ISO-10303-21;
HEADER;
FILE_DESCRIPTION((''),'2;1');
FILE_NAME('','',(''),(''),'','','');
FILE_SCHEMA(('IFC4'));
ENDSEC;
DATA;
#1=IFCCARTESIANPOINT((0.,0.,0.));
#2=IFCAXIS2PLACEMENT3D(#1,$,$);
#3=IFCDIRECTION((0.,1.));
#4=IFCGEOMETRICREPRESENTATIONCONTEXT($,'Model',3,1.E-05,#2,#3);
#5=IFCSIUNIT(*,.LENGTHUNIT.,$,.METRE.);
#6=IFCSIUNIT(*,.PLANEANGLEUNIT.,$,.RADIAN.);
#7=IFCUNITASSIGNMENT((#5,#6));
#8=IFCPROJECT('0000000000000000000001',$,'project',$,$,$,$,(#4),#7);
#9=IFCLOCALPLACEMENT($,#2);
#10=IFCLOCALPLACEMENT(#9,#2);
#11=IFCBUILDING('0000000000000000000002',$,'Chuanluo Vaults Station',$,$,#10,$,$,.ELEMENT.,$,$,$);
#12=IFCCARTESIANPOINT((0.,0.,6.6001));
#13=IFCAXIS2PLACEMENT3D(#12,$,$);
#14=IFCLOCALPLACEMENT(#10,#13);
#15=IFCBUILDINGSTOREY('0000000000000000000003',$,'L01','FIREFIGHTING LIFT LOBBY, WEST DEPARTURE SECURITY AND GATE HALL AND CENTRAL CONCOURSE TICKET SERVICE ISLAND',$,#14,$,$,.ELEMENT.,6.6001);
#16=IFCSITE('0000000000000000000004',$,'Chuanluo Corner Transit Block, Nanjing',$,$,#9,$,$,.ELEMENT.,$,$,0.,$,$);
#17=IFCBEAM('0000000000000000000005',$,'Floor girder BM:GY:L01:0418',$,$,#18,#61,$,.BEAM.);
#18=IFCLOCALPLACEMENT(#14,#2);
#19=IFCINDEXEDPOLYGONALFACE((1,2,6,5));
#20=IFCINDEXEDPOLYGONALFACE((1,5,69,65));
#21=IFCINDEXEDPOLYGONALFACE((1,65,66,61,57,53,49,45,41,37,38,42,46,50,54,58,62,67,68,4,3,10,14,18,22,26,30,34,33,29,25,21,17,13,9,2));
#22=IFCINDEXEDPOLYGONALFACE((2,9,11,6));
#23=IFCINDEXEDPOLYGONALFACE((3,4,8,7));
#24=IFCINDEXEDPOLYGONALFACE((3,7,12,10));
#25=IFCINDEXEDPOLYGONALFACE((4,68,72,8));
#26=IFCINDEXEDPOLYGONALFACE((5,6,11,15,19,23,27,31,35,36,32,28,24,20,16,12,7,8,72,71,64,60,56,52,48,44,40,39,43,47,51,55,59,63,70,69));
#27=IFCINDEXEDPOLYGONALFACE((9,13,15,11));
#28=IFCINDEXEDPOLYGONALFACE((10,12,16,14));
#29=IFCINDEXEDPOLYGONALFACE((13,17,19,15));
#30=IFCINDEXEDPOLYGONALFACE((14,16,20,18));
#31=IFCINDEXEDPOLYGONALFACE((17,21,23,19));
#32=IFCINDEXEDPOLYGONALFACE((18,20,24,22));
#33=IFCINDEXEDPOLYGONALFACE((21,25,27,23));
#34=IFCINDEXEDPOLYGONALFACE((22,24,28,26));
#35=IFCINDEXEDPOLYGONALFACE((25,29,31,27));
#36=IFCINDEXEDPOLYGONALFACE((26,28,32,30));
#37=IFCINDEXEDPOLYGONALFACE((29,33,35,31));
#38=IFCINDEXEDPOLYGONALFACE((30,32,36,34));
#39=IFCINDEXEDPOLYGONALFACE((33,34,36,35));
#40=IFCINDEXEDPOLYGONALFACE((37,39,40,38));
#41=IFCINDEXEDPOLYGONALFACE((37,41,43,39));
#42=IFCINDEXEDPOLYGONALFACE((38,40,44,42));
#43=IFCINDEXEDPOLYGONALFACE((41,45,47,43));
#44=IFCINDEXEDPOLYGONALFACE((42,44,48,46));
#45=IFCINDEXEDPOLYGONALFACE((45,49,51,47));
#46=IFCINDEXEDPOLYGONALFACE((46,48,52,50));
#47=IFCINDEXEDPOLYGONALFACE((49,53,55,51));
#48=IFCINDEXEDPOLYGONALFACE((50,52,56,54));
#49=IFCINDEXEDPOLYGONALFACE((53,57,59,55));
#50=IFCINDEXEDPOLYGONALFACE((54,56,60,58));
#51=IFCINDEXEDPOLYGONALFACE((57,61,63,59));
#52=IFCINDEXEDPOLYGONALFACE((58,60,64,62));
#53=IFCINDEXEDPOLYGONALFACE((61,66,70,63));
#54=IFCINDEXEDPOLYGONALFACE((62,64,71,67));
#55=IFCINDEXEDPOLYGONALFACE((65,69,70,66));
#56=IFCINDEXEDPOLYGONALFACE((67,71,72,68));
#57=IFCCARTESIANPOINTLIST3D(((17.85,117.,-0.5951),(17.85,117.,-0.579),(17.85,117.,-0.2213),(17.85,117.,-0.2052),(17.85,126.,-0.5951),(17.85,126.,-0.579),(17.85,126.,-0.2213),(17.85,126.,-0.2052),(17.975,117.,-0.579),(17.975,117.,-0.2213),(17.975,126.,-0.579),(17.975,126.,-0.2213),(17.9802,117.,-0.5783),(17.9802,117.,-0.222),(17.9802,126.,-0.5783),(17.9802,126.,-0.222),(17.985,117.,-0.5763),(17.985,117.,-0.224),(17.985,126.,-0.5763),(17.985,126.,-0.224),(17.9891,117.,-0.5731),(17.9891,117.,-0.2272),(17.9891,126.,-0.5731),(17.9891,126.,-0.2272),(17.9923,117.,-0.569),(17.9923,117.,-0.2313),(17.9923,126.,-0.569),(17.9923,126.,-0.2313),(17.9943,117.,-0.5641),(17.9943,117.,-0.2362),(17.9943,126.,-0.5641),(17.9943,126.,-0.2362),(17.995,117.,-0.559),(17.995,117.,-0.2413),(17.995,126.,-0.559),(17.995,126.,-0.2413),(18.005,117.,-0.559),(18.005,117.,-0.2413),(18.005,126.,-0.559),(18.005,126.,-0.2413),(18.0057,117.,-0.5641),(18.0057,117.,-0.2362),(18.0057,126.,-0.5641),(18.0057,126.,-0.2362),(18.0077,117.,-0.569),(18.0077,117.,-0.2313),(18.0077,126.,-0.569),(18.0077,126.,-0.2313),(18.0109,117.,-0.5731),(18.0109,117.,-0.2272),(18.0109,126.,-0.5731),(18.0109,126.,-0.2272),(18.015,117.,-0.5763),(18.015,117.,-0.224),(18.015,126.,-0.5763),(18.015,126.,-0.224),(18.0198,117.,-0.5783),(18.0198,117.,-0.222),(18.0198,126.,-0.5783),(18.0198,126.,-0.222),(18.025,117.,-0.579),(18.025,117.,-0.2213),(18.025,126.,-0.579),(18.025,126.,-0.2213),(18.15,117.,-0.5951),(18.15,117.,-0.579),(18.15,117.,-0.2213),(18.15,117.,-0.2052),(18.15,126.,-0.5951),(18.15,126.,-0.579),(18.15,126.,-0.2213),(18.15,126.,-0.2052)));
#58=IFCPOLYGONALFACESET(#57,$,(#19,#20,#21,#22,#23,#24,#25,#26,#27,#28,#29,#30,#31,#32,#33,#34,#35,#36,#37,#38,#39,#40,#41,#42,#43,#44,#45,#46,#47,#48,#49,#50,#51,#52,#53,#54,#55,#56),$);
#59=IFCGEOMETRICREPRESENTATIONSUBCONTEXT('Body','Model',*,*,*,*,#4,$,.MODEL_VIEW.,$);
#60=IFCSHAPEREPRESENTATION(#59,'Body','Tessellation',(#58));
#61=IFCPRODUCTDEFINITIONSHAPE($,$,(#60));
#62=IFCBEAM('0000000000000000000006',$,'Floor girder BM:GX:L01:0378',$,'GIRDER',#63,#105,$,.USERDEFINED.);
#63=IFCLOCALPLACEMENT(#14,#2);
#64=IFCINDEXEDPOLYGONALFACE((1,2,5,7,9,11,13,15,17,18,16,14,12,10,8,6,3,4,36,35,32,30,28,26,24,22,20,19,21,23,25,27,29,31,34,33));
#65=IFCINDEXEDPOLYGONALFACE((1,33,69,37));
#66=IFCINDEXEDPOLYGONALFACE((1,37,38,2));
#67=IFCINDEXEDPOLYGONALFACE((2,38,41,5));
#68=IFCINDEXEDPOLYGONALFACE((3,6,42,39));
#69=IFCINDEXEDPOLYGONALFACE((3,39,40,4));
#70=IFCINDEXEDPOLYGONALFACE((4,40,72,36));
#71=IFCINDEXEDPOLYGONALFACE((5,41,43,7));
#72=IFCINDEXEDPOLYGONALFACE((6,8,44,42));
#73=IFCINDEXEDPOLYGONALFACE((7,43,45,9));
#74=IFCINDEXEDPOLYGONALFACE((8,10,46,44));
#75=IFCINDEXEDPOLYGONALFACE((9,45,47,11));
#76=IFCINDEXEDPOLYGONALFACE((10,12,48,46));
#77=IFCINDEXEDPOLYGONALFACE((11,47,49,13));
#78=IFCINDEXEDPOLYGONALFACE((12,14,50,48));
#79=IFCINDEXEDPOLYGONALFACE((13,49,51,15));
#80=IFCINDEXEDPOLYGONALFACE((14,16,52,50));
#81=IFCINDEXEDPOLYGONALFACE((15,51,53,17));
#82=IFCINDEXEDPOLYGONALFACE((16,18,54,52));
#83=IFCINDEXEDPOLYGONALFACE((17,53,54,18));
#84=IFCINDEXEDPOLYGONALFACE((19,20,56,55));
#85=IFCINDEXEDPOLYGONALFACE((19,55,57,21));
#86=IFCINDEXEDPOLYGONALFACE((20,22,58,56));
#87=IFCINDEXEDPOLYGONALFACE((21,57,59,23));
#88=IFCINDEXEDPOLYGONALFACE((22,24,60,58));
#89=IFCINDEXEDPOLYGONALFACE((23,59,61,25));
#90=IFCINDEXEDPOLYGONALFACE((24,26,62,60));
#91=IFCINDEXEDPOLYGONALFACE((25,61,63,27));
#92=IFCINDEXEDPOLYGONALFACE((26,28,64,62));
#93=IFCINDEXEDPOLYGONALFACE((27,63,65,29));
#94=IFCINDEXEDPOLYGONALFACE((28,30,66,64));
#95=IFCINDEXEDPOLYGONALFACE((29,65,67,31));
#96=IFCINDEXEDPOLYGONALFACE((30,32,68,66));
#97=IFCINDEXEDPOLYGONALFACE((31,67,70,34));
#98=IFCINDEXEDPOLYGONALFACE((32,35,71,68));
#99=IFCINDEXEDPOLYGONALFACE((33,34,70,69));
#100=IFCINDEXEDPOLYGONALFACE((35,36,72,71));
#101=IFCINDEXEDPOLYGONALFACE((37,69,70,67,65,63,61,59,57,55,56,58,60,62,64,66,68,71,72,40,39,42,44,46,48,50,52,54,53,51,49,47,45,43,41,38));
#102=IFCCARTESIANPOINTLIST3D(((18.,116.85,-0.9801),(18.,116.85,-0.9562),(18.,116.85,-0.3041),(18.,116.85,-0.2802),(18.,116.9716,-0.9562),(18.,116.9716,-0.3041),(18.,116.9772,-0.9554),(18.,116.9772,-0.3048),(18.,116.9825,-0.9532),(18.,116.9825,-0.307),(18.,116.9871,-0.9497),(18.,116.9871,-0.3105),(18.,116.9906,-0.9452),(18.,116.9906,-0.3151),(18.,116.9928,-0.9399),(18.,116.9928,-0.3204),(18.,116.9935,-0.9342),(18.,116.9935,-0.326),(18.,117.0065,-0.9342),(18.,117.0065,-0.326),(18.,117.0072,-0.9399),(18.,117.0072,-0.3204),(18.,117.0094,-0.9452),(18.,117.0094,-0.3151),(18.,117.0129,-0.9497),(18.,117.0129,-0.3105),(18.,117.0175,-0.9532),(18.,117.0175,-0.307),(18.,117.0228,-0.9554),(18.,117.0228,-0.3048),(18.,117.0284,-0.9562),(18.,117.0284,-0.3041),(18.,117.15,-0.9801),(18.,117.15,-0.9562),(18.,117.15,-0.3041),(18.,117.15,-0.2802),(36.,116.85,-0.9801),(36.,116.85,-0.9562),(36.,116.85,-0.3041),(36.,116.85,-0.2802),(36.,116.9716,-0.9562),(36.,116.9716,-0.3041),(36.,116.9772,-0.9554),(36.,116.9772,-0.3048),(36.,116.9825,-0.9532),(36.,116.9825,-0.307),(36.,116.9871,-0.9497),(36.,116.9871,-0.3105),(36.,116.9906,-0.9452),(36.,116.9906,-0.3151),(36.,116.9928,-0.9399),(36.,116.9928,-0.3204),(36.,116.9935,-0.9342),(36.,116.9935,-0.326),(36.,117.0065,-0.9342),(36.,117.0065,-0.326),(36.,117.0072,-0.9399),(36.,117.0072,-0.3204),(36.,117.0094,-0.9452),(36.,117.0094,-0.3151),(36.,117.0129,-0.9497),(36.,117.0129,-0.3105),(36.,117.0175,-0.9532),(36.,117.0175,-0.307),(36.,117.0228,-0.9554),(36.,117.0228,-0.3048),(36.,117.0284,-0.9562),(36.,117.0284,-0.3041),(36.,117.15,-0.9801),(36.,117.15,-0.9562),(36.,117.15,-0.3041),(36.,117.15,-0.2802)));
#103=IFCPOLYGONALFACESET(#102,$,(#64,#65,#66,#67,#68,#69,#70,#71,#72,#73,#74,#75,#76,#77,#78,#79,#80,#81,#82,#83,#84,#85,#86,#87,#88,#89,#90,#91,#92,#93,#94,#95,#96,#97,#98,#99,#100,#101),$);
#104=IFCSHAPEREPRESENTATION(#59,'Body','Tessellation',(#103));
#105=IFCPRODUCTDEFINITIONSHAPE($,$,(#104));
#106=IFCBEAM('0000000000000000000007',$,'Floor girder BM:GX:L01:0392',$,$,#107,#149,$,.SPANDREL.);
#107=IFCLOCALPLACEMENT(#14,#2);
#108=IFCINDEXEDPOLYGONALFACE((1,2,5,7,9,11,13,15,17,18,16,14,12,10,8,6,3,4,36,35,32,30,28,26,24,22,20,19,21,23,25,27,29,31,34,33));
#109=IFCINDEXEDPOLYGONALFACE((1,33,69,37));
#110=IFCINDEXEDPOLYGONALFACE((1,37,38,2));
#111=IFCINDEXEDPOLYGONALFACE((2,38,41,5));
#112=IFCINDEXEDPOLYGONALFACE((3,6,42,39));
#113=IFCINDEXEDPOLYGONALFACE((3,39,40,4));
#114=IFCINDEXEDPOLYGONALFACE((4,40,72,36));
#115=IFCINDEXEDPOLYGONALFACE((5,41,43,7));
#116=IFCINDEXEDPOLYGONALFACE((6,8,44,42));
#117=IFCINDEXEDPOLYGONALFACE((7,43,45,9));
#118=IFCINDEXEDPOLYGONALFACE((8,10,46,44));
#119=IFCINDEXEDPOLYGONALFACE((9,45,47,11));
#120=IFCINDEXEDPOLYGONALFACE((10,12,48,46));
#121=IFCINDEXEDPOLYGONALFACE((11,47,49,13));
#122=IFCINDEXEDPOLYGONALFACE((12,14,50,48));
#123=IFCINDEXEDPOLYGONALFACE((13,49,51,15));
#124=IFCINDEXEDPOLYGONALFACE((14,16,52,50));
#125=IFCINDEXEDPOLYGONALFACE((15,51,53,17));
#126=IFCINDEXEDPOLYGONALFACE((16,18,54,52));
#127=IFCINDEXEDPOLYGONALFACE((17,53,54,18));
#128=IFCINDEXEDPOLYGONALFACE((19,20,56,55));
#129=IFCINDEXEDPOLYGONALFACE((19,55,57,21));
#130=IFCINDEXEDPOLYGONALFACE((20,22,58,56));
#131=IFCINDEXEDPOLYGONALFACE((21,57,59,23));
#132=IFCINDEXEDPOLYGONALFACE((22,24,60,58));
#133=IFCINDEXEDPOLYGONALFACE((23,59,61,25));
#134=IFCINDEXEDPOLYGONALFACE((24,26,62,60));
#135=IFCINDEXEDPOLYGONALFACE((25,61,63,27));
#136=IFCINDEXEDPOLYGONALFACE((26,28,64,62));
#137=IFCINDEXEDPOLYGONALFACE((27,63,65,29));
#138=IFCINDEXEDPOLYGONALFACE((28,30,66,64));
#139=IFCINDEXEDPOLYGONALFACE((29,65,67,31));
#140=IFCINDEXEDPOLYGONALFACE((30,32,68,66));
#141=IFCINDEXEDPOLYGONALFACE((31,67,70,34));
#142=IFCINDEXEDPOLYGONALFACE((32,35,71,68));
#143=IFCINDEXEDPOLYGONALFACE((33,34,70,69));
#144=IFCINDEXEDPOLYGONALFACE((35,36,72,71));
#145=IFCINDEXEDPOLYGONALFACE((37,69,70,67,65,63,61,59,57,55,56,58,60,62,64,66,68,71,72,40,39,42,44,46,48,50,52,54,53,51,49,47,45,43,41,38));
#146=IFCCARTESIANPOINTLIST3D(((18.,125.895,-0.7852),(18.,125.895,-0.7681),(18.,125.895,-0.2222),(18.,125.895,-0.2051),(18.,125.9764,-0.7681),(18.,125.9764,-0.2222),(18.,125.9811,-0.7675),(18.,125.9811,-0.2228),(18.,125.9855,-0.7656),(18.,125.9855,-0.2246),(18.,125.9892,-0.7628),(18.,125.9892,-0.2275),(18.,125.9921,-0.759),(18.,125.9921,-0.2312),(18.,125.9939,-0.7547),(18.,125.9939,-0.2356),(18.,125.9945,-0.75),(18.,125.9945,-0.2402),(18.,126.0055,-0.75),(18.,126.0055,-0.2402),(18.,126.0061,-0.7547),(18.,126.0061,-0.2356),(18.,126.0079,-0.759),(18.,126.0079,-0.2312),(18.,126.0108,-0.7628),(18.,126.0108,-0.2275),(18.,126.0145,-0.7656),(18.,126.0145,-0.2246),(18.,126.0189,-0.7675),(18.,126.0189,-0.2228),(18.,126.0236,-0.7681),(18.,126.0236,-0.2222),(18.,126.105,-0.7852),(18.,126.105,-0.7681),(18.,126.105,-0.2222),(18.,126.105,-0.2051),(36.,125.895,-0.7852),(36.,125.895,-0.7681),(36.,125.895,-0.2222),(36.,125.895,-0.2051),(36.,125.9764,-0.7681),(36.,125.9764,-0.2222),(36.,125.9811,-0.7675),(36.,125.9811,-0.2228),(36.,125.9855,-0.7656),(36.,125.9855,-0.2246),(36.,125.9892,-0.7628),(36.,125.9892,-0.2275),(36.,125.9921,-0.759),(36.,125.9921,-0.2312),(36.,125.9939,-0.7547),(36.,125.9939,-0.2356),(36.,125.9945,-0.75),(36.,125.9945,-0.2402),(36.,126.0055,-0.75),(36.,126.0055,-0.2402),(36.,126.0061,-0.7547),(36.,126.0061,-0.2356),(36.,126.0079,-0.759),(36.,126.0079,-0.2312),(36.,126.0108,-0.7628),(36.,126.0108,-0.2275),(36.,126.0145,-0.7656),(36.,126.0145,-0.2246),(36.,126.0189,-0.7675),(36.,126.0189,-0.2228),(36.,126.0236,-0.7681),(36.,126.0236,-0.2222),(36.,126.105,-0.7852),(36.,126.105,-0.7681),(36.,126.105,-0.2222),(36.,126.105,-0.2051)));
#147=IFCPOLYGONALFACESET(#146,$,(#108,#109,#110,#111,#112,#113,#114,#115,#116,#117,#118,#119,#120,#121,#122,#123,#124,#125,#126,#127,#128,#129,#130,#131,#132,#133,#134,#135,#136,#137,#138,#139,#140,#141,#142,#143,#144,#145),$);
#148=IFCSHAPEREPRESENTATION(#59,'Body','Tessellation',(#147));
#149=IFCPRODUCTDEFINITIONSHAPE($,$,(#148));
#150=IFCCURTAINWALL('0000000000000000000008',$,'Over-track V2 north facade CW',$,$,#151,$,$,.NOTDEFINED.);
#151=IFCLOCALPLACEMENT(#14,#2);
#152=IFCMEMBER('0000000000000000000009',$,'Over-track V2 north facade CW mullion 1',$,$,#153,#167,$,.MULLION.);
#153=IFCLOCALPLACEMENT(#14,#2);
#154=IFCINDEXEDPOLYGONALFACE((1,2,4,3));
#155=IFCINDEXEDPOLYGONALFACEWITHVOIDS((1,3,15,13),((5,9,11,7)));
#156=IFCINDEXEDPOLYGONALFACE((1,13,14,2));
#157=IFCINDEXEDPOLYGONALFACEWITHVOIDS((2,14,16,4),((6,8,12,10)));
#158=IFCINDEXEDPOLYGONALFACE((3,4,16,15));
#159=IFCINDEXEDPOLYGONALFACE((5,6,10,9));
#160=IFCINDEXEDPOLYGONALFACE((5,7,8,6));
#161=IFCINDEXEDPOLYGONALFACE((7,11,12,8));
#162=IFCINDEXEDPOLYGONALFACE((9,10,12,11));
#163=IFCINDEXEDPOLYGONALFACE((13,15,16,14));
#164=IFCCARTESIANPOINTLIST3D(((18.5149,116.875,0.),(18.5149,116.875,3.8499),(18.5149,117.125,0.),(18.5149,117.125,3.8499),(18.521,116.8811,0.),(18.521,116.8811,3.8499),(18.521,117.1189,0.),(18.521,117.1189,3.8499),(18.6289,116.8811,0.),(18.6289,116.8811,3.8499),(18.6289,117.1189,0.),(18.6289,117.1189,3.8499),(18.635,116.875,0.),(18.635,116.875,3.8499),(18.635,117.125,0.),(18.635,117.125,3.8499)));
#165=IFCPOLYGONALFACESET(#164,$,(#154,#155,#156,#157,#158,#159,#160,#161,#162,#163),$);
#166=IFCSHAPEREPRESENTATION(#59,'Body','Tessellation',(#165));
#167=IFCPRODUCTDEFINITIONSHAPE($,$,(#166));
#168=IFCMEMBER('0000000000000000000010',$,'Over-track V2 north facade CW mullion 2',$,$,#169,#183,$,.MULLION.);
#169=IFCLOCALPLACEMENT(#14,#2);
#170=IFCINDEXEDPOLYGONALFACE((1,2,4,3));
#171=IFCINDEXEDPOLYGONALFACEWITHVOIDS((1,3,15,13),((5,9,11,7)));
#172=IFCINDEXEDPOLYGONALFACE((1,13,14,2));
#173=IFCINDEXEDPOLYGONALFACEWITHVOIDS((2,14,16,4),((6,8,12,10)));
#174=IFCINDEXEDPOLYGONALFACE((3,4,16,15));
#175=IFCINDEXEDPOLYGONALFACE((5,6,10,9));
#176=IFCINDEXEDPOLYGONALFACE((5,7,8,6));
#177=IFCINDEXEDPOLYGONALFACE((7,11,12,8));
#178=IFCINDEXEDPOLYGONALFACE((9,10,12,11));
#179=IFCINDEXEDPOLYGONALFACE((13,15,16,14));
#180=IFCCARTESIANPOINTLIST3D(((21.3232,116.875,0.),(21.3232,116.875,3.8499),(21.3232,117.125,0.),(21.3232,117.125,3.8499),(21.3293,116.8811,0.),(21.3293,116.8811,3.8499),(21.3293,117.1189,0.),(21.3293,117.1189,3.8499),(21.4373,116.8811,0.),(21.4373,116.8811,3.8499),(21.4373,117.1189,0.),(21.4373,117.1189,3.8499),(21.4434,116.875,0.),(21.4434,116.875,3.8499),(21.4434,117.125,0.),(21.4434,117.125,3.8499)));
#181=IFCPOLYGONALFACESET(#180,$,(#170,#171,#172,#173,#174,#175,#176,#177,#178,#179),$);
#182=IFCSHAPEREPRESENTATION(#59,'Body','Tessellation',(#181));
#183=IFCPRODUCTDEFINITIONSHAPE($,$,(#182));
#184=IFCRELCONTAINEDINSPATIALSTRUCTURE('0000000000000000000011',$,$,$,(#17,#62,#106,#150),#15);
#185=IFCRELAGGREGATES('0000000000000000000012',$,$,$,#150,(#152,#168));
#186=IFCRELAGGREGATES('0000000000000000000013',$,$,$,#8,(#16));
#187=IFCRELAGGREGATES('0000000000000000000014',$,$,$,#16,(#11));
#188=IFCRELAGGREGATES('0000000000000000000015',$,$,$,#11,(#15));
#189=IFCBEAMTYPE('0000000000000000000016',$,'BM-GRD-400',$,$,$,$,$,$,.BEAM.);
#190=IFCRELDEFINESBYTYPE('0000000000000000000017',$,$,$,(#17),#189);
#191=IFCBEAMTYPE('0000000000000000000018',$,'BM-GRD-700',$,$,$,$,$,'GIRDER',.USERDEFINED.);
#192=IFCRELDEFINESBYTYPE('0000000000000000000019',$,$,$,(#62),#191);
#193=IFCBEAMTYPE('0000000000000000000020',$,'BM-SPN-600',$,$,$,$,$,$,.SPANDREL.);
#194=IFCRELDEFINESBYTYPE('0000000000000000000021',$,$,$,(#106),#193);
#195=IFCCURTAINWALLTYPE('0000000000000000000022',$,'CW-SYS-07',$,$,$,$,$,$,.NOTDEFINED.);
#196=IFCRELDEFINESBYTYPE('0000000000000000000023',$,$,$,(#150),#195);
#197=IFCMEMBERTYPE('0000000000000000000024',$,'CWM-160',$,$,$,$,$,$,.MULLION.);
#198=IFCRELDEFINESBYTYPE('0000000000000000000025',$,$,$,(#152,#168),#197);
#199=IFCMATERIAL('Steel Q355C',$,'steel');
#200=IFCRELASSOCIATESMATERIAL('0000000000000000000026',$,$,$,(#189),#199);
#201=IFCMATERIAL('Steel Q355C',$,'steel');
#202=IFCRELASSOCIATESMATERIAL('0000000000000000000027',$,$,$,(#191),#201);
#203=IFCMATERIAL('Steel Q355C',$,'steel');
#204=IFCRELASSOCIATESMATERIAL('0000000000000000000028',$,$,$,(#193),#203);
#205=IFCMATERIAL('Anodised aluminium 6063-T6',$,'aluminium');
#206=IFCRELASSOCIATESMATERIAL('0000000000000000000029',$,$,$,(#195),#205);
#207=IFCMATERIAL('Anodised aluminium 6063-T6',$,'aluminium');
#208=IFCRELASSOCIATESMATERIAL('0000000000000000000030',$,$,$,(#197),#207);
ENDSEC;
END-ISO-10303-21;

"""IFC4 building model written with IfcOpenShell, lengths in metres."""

from ifc_helpers import new_model, si_unit, direction, frame, origin, origin_2d, place, context, subcontext, project, spatial, hollow_rectangle, i_section, extrude, material, material_profile, profile_set, type_object, element, aggregate, save


model = new_model("IFC4")

# Units and contexts
model_context = context("Model", 3, precision=1e-05, world=origin(), true_north=direction((0.0, 1.0)))
body_context = subcontext(model_context, "Body", "Model", "MODEL_VIEW")
ifc_project = project(units=[si_unit("LENGTHUNIT", "METRE"), si_unit("PLANEANGLEUNIT", "RADIAN")], contexts=[model_context])

# Site, building, storey
site_placement = place(None, origin())
site = spatial("IfcSite", under=ifc_project, at=site_placement, Name="Chuanluo Corner Transit Block, Nanjing", CompositionType="ELEMENT", RefElevation=0.0)
building_placement = place(site_placement, origin())
building = spatial("IfcBuilding", under=site, at=building_placement, Name="Chuanluo Vaults Station", CompositionType="ELEMENT")
storey_placement = place(building_placement, frame((0.0, 0.0, 6.6001)))
storey = spatial("IfcBuildingStorey", under=building, at=storey_placement, Name="L01", Description="FIREFIGHTING LIFT LOBBY, WEST DEPARTURE SECURITY AND GATE HALL AND CENTRAL CONCOURSE TICKET SERVICE ISLAND", CompositionType="ELEMENT", Elevation=6.6001)

# Beams
ifc_material_1 = material(Name="Steel Q355C", Category="steel")
ifc_material_profile_1 = material_profile(ifc_material_1, i_section(OverallWidth=0.3, OverallDepth=0.3899, WebThickness=0.01, FlangeThickness=0.0161, FilletRadius=0.02, at=origin_2d()))
ifc_profile_set_1 = profile_set([ifc_material_profile_1], Name="Steel Q355C")
beam_type_1 = type_object("IfcBeamType", Name="BM-GRD-400", PredefinedType="BEAM", material=ifc_profile_set_1)
beam_1_placement = place(storey_placement, frame((18.0, 117.0, -0.4001), z_axis=(0.0, 1.0, 0.0), x_axis=(-1.0, 0.0, 0.0)))
element("IfcBeam", 1, at=beam_1_placement, inside=storey, type_object=beam_type_1, Name="Floor girder BM:GY:L01:0418", PredefinedType="BEAM", context=body_context, shape_type="SweptSolid", body=[
    extrude(i_section(OverallWidth=0.3, OverallDepth=0.3899, WebThickness=0.01, FlangeThickness=0.0161, FilletRadius=0.02, at=origin_2d()), origin(), (0.0, 0.0, 1.0), 9.0),
])
ifc_material_2 = material(Name="Steel Q355C", Category="steel")
ifc_material_profile_2 = material_profile(ifc_material_2, i_section(OverallWidth=0.3, OverallDepth=0.7, WebThickness=0.0129, FlangeThickness=0.0239, FilletRadius=0.022, at=origin_2d()))
ifc_profile_set_2 = profile_set([ifc_material_profile_2], Name="Steel Q355C")
beam_type_2 = type_object("IfcBeamType", Name="BM-GRD-700", ElementType="GIRDER", PredefinedType="USERDEFINED", material=ifc_profile_set_2)
beam_2_placement = place(storey_placement, frame((18.0, 117.0, -0.6301), z_axis=(1.0, 0.0, 0.0), x_axis=(0.0, 1.0, 0.0)))
element("IfcBeam", 2, at=beam_2_placement, inside=storey, type_object=beam_type_2, Name="Floor girder BM:GX:L01:0378", ObjectType="GIRDER", PredefinedType="USERDEFINED", context=body_context, shape_type="SweptSolid", body=[
    extrude(i_section(OverallWidth=0.3, OverallDepth=0.7, WebThickness=0.0129, FlangeThickness=0.0239, FilletRadius=0.022, at=origin_2d()), origin(), (0.0, 0.0, 1.0), 18.0),
])
ifc_material_3 = material(Name="Steel Q355C", Category="steel")
ifc_material_profile_3 = material_profile(ifc_material_3, i_section(OverallWidth=0.21, OverallDepth=0.5801, WebThickness=0.011, FlangeThickness=0.0171, FilletRadius=0.0181, at=origin_2d()))
ifc_profile_set_3 = profile_set([ifc_material_profile_3], Name="Steel Q355C")
beam_type_3 = type_object("IfcBeamType", Name="BM-SPN-600", PredefinedType="SPANDREL", material=ifc_profile_set_3)
beam_3_placement = place(storey_placement, frame((18.0, 126.0, -0.4951), z_axis=(1.0, 0.0, 0.0), x_axis=(0.0, 1.0, 0.0)))
element("IfcBeam", 3, at=beam_3_placement, inside=storey, type_object=beam_type_3, Name="Floor girder BM:GX:L01:0392", PredefinedType="SPANDREL", context=body_context, shape_type="SweptSolid", body=[
    extrude(i_section(OverallWidth=0.21, OverallDepth=0.5801, WebThickness=0.011, FlangeThickness=0.0171, FilletRadius=0.0181, at=origin_2d()), origin(), (0.0, 0.0, 1.0), 18.0),
])

# Curtain wall, members
ifc_material_4 = material(Name="Anodised aluminium 6063-T6", Category="aluminium")
curtain_wall_type_1 = type_object("IfcCurtainWallType", Name="CW-SYS-07", PredefinedType="NOTDEFINED", material=ifc_material_4)
curtain_wall_1_placement = place(storey_placement, origin())
curtain_wall_1 = element("IfcCurtainWall", 4, at=curtain_wall_1_placement, inside=storey, type_object=curtain_wall_type_1, Name="Over-track V2 north facade CW", PredefinedType="NOTDEFINED")
ifc_material_5 = material(Name="Anodised aluminium 6063-T6", Category="aluminium")
ifc_material_profile_4 = material_profile(ifc_material_5, hollow_rectangle(XDim=0.1201, YDim=0.25, WallThickness=0.0061, at=origin_2d()))
ifc_profile_set_4 = profile_set([ifc_material_profile_4], Name="Anodised aluminium 6063-T6")
member_type_1 = type_object("IfcMemberType", Name="CWM-160", PredefinedType="MULLION", material=ifc_profile_set_4)
member_1_placement = place(storey_placement, frame((18.575, 117.0, 0.0), z_axis=(0.0, 0.0, 1.0), x_axis=(1.0, 0.0, 0.0)))
member_1 = element("IfcMember", 5, at=member_1_placement, type_object=member_type_1, Name="Over-track V2 north facade CW mullion 1", PredefinedType="MULLION", context=body_context, shape_type="SweptSolid", body=[
    extrude(hollow_rectangle(XDim=0.1201, YDim=0.25, WallThickness=0.0061, at=origin_2d()), origin(), (0.0, 0.0, 1.0), 3.8499),
])
member_2_placement = place(storey_placement, frame((21.3833, 117.0, 0.0), z_axis=(0.0, 0.0, 1.0), x_axis=(1.0, 0.0, 0.0)))
member_2 = element("IfcMember", 6, at=member_2_placement, type_object=member_type_1, Name="Over-track V2 north facade CW mullion 2", PredefinedType="MULLION", context=body_context, shape_type="SweptSolid", body=[
    extrude(hollow_rectangle(XDim=0.1201, YDim=0.25, WallThickness=0.0061, at=origin_2d()), origin(), (0.0, 0.0, 1.0), 3.8499),
])

aggregate(curtain_wall_1, [member_1, member_2])

save(model, "model.ifc")
